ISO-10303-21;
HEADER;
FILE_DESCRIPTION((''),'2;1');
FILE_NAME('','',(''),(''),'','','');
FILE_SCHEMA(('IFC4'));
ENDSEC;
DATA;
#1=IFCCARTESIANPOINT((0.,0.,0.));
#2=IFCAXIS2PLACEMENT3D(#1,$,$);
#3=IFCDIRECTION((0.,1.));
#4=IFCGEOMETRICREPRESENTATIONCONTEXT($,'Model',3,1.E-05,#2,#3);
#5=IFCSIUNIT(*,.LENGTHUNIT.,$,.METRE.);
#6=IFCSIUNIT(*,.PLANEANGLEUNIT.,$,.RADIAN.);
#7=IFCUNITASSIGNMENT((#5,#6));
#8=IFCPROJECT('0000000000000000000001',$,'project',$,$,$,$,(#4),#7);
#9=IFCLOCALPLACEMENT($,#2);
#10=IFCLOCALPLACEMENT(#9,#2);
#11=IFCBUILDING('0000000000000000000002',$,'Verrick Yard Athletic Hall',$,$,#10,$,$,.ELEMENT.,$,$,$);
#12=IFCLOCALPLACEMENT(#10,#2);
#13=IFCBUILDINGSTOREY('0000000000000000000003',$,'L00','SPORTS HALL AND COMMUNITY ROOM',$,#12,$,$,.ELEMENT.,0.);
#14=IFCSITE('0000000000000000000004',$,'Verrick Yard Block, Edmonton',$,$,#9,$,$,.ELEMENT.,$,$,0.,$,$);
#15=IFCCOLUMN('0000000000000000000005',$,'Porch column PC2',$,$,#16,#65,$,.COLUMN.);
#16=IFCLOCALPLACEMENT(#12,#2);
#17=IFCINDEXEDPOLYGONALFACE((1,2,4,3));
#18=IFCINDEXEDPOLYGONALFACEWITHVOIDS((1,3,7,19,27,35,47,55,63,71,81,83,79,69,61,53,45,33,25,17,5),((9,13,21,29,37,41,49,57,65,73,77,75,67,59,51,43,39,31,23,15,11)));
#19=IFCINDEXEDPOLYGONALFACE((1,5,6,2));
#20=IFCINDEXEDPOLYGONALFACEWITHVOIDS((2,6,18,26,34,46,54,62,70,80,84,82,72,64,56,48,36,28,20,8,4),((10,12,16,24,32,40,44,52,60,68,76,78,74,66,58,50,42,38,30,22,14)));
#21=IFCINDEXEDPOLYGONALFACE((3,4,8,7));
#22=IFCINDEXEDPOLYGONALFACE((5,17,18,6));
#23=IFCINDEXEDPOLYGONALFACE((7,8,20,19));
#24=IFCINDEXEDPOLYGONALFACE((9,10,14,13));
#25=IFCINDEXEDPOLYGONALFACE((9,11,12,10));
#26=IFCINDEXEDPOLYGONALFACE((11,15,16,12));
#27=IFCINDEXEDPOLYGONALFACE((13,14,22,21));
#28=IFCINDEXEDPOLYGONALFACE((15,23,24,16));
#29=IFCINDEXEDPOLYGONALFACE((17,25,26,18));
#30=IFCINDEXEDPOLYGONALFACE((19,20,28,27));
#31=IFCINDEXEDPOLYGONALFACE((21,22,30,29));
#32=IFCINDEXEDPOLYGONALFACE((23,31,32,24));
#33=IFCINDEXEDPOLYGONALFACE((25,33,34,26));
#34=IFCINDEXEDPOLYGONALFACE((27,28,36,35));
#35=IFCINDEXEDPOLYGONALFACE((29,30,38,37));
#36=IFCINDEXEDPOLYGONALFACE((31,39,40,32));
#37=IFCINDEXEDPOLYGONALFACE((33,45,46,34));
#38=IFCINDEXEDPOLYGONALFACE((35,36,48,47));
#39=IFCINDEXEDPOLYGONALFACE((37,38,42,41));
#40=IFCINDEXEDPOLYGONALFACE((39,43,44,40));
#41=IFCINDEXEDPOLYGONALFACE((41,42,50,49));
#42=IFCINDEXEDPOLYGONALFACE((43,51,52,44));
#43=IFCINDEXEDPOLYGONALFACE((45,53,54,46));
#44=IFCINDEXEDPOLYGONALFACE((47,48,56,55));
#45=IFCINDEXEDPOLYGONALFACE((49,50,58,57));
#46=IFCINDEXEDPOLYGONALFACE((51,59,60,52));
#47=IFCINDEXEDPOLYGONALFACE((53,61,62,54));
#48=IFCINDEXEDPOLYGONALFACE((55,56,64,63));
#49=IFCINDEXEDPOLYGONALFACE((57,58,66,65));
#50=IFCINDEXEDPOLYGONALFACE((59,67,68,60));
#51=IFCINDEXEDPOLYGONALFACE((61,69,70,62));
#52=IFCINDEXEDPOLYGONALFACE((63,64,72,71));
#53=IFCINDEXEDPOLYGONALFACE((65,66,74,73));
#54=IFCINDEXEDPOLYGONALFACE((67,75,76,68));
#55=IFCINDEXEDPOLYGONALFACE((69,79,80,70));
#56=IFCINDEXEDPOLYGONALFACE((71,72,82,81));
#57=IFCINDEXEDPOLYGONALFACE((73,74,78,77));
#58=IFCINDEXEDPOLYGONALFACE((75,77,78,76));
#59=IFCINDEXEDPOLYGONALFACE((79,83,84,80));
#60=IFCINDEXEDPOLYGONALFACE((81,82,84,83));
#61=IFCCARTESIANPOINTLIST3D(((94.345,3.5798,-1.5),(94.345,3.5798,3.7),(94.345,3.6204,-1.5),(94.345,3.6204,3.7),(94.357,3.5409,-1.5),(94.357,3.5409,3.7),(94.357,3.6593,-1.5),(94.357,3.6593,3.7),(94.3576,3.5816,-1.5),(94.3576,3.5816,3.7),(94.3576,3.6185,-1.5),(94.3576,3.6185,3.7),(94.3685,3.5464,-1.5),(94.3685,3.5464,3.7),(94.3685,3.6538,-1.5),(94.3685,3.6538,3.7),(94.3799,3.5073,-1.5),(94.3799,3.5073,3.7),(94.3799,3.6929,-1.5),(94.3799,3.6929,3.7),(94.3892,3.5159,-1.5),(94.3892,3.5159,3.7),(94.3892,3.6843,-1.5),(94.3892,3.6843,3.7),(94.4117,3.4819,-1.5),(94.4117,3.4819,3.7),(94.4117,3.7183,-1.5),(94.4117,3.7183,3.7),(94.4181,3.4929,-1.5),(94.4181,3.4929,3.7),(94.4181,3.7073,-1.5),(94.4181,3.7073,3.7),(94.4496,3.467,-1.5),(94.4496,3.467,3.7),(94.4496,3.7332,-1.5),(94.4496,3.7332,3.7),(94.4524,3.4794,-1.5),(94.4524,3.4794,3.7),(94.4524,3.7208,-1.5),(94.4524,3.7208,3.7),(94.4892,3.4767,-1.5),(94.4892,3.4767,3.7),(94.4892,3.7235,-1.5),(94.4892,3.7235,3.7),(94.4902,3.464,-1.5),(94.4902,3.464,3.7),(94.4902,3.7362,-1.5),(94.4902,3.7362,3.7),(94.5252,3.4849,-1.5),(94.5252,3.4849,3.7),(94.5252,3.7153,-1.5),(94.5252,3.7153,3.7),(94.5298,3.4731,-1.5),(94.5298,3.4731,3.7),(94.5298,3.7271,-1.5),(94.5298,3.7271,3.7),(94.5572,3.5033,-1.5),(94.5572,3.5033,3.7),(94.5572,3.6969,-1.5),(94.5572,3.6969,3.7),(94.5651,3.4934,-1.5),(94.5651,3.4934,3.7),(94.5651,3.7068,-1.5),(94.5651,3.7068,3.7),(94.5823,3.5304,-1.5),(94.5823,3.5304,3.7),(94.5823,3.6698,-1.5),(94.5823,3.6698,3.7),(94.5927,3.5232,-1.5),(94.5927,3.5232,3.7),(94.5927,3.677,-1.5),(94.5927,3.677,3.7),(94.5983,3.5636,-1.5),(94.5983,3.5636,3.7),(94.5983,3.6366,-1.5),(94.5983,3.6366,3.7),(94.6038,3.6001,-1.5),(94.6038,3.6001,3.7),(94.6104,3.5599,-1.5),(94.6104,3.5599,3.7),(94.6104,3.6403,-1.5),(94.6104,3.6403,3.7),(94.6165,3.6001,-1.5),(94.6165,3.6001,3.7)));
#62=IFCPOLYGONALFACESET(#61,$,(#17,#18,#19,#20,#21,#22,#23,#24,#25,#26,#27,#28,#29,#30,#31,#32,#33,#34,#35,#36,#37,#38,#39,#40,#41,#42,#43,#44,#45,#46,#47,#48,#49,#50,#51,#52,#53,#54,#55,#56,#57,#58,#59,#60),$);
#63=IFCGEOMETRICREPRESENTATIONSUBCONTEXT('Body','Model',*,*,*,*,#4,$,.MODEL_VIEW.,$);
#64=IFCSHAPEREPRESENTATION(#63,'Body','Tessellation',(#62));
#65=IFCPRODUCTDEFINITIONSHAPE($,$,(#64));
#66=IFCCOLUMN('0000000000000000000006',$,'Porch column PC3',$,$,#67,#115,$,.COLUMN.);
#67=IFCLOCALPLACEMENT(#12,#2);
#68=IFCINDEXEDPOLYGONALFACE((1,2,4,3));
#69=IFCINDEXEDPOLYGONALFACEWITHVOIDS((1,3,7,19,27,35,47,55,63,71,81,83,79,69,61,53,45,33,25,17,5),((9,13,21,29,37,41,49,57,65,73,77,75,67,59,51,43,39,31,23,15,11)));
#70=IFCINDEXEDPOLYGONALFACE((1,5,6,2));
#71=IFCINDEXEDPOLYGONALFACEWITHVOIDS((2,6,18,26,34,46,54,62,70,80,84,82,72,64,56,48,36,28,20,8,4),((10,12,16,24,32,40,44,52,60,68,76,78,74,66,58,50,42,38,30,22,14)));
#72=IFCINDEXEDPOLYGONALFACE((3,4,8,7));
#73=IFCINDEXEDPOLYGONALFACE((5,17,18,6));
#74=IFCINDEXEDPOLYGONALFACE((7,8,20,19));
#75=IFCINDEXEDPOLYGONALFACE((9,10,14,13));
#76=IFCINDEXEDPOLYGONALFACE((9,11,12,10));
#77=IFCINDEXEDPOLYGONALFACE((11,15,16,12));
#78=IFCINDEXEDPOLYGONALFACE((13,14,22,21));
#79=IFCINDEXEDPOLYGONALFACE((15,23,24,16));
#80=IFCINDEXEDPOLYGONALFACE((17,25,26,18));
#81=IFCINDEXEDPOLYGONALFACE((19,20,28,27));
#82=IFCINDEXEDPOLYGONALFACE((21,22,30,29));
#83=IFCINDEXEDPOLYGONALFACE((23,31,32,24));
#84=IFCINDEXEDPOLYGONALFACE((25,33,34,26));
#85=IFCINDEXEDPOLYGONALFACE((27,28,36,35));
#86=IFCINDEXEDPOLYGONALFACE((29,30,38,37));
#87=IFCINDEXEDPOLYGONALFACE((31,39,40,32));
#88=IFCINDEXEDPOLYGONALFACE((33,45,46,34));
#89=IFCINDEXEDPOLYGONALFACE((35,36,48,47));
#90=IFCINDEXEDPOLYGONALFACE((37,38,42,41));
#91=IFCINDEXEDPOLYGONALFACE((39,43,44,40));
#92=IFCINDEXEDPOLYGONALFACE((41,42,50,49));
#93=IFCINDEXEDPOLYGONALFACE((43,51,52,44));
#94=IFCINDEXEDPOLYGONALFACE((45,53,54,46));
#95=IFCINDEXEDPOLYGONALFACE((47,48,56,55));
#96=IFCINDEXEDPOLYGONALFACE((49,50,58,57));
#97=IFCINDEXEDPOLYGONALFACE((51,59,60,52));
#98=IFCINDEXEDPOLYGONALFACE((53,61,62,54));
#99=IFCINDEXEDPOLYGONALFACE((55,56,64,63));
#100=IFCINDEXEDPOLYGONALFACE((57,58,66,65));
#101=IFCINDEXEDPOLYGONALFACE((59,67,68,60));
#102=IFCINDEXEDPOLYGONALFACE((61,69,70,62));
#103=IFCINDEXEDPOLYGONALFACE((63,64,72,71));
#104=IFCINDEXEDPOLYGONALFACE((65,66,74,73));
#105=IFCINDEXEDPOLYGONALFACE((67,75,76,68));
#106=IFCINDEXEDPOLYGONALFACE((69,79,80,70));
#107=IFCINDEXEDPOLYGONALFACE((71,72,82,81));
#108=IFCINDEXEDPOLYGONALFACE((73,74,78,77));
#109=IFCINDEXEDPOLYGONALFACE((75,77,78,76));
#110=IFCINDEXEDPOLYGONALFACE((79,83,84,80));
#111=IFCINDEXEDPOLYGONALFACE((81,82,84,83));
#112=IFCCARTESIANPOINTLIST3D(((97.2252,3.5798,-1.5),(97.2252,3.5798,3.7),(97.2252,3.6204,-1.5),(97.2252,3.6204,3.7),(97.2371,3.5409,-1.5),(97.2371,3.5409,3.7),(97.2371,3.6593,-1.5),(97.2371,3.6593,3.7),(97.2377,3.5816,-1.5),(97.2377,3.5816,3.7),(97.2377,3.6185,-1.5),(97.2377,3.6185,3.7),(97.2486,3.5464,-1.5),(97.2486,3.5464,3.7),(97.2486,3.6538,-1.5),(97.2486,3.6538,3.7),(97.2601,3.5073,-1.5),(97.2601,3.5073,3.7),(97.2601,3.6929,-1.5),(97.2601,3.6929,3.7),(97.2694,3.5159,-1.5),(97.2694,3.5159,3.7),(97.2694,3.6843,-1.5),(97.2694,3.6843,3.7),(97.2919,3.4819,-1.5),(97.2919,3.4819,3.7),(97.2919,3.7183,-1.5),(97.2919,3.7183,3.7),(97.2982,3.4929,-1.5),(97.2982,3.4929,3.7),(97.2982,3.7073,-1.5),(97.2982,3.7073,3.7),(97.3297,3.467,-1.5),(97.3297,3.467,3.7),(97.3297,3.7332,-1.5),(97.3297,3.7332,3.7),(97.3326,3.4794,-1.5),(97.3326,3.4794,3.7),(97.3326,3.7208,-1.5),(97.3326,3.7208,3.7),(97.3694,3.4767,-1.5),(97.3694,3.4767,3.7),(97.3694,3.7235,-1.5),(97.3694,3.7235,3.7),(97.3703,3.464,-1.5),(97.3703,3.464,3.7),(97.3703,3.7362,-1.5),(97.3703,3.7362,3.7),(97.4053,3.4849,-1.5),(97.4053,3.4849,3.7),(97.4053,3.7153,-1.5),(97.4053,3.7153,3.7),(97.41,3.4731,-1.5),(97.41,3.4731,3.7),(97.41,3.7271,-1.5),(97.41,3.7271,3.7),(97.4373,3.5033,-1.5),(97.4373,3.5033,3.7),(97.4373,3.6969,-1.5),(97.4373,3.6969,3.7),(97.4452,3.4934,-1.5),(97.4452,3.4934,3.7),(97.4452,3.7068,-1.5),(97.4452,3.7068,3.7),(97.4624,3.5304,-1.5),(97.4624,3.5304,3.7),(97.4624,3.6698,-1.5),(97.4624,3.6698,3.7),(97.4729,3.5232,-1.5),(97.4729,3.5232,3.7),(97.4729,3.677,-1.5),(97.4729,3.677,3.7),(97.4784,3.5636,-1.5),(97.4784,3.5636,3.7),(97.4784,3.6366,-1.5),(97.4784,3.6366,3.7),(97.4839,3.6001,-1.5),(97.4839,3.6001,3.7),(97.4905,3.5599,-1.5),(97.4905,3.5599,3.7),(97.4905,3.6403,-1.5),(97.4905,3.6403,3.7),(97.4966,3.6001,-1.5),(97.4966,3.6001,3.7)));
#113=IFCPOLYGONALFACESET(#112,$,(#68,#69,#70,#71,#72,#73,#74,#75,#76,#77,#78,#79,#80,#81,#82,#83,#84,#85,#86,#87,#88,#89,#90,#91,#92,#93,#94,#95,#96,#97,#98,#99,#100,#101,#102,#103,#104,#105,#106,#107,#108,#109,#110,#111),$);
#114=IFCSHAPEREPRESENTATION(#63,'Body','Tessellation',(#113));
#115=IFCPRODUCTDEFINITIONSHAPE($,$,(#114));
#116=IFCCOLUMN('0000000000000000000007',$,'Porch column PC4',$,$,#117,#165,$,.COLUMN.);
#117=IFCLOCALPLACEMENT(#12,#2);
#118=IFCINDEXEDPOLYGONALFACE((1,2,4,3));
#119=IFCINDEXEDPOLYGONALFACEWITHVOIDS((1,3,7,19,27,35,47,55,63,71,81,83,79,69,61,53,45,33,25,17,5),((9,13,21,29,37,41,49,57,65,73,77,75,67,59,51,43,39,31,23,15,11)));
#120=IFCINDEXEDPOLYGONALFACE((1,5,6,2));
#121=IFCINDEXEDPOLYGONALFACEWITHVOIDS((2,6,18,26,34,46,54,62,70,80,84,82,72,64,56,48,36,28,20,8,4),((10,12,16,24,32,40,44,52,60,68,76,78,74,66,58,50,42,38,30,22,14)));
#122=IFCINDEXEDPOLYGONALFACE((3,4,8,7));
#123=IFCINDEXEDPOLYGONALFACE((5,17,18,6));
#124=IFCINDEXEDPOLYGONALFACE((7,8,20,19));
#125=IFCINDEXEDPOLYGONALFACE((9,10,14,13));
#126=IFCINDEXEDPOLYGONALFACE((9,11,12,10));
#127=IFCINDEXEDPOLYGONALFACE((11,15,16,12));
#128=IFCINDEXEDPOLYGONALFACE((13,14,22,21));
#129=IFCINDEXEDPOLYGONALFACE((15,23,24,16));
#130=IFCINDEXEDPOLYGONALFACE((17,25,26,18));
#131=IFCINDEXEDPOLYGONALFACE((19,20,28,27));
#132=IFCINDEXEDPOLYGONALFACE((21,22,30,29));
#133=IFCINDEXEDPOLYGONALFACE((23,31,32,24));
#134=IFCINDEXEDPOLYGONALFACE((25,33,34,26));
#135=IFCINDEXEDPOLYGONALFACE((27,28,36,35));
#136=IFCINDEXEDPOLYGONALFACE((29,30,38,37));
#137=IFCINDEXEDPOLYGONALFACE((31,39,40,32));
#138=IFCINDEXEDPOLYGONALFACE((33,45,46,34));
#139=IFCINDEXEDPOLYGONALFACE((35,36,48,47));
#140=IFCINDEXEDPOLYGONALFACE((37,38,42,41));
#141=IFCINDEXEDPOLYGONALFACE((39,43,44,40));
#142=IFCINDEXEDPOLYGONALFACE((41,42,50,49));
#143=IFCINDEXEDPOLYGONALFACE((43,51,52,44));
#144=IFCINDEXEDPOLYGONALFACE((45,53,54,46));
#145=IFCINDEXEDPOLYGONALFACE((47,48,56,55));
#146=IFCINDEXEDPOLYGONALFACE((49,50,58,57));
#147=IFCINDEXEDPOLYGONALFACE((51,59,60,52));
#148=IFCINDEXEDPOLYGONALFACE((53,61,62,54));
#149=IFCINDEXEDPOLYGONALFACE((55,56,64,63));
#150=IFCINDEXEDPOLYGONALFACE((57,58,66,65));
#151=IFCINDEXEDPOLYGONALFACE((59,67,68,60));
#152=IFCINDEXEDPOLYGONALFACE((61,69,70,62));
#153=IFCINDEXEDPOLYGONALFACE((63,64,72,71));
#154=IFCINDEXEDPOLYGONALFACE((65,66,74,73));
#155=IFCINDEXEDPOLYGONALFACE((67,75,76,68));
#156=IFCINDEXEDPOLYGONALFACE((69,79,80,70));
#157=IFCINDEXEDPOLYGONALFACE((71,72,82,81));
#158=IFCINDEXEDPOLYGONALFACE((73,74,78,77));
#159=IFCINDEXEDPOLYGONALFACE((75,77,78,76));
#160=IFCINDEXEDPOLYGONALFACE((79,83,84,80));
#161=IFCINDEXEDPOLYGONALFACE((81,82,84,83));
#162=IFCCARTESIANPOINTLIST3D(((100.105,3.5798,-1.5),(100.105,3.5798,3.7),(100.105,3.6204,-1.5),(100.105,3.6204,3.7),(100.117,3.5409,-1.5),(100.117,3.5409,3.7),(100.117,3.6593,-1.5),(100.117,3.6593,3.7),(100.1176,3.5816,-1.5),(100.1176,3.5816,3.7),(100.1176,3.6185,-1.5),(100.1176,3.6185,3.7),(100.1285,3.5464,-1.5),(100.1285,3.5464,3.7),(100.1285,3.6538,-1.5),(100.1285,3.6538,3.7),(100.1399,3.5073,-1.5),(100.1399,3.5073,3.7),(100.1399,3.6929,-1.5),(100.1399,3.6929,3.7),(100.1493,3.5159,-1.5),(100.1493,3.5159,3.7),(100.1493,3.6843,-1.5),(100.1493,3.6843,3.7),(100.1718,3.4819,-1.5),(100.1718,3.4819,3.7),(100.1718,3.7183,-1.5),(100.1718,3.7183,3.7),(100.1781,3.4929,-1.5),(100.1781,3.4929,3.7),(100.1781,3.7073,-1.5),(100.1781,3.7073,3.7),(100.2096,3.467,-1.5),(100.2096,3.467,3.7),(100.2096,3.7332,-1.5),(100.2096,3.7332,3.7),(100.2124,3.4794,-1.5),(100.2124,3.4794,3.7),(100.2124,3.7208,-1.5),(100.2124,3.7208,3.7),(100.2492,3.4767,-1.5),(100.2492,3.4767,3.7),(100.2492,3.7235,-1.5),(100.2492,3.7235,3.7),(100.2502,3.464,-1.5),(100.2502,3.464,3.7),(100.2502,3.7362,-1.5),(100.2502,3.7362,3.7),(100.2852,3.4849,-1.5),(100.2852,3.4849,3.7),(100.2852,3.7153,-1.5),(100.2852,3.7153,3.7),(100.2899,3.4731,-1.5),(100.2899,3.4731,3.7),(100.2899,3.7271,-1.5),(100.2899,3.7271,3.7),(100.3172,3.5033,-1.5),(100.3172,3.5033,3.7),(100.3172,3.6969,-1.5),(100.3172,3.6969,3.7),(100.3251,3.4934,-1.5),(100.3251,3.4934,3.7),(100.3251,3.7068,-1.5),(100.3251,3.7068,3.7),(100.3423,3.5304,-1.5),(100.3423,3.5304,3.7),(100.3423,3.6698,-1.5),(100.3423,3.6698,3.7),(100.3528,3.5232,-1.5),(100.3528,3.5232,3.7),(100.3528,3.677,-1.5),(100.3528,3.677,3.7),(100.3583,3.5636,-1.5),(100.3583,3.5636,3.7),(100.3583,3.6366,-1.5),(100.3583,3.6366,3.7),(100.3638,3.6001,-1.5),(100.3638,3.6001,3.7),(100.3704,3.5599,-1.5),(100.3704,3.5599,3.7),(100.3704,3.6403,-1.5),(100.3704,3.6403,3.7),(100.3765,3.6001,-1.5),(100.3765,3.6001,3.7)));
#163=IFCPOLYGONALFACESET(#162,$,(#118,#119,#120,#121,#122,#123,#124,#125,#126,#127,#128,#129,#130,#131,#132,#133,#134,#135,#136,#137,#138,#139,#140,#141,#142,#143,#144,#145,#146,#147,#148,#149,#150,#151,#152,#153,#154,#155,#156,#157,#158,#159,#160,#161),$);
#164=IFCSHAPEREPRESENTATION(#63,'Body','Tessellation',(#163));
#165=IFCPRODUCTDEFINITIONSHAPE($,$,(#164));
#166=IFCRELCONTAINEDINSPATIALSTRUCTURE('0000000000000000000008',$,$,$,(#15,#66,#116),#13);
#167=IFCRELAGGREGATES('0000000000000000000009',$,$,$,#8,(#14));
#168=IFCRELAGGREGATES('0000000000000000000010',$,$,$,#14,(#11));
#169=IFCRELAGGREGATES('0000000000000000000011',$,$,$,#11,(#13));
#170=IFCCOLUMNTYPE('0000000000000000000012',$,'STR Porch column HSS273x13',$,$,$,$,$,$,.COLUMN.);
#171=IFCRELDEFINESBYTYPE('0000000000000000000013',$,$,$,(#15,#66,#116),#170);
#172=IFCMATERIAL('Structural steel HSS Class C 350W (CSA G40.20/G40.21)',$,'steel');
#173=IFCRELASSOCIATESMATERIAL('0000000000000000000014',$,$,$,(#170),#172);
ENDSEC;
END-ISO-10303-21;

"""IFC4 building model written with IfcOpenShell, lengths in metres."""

from ifc_helpers import new_model, si_unit, direction, frame, origin, origin_2d, place, context, subcontext, project, spatial, hollow_circle, extrude, material, material_profile, profile_set, type_object, element, save


model = new_model("IFC4")

# Units and contexts
model_context = context("Model", 3, precision=1e-05, world=origin(), true_north=direction((0.0, 1.0)))
body_context = subcontext(model_context, "Body", "Model", "MODEL_VIEW")
ifc_project = project(units=[si_unit("LENGTHUNIT", "METRE"), si_unit("PLANEANGLEUNIT", "RADIAN")], contexts=[model_context])

# Site, building, storey
site_placement = place(None, origin())
site = spatial("IfcSite", under=ifc_project, at=site_placement, Name="Verrick Yard Block, Edmonton", CompositionType="ELEMENT", RefElevation=0.0)
building_placement = place(site_placement, origin())
building = spatial("IfcBuilding", under=site, at=building_placement, Name="Verrick Yard Athletic Hall", CompositionType="ELEMENT")
storey_placement = place(building_placement, origin())
storey = spatial("IfcBuildingStorey", under=building, at=storey_placement, Name="L00", Description="SPORTS HALL AND COMMUNITY ROOM", CompositionType="ELEMENT", Elevation=0.0)

# Columns
ifc_material_1 = material(Name="Structural steel HSS Class C 350W (CSA G40.20/G40.21)", Category="steel")
ifc_material_profile_1 = material_profile(ifc_material_1, hollow_circle(Radius=0.1365, WallThickness=0.0127, at=origin_2d()), Name="HSS273x13")
ifc_profile_set_1 = profile_set([ifc_material_profile_1], Name="Structural steel HSS Class C 350W (CSA G40.20/G40.21)")
column_type = type_object("IfcColumnType", Name="STR Porch column HSS273x13", PredefinedType="COLUMN", material=ifc_profile_set_1)
for number, where, z_axis, x_axis, name in (
    (1, (94.48, 3.6001, -1.5), (0.0, 0.0, 1.0), (1.0, 0.0, 0.0), "Porch column PC2"),
    (2, (97.3601, 3.6001, -1.5), (0.0, 0.0, 1.0), (1.0, 0.0, 0.0), "Porch column PC3"),
    (3, (100.24, 3.6001, -1.5), (0.0, 0.0, 1.0), (1.0, 0.0, 0.0), "Porch column PC4"),
):
    element("IfcColumn", number, at=place(storey_placement, frame(where, z_axis=z_axis, x_axis=x_axis)), inside=storey, type_object=column_type, Name=name, PredefinedType="COLUMN", context=body_context, shape_type="SweptSolid", body=[
        extrude(hollow_circle(Radius=0.1365, WallThickness=0.0127, at=origin_2d()), origin(), (0.0, 0.0, 1.0), 5.2),
    ])

save(model, "model.ifc")
